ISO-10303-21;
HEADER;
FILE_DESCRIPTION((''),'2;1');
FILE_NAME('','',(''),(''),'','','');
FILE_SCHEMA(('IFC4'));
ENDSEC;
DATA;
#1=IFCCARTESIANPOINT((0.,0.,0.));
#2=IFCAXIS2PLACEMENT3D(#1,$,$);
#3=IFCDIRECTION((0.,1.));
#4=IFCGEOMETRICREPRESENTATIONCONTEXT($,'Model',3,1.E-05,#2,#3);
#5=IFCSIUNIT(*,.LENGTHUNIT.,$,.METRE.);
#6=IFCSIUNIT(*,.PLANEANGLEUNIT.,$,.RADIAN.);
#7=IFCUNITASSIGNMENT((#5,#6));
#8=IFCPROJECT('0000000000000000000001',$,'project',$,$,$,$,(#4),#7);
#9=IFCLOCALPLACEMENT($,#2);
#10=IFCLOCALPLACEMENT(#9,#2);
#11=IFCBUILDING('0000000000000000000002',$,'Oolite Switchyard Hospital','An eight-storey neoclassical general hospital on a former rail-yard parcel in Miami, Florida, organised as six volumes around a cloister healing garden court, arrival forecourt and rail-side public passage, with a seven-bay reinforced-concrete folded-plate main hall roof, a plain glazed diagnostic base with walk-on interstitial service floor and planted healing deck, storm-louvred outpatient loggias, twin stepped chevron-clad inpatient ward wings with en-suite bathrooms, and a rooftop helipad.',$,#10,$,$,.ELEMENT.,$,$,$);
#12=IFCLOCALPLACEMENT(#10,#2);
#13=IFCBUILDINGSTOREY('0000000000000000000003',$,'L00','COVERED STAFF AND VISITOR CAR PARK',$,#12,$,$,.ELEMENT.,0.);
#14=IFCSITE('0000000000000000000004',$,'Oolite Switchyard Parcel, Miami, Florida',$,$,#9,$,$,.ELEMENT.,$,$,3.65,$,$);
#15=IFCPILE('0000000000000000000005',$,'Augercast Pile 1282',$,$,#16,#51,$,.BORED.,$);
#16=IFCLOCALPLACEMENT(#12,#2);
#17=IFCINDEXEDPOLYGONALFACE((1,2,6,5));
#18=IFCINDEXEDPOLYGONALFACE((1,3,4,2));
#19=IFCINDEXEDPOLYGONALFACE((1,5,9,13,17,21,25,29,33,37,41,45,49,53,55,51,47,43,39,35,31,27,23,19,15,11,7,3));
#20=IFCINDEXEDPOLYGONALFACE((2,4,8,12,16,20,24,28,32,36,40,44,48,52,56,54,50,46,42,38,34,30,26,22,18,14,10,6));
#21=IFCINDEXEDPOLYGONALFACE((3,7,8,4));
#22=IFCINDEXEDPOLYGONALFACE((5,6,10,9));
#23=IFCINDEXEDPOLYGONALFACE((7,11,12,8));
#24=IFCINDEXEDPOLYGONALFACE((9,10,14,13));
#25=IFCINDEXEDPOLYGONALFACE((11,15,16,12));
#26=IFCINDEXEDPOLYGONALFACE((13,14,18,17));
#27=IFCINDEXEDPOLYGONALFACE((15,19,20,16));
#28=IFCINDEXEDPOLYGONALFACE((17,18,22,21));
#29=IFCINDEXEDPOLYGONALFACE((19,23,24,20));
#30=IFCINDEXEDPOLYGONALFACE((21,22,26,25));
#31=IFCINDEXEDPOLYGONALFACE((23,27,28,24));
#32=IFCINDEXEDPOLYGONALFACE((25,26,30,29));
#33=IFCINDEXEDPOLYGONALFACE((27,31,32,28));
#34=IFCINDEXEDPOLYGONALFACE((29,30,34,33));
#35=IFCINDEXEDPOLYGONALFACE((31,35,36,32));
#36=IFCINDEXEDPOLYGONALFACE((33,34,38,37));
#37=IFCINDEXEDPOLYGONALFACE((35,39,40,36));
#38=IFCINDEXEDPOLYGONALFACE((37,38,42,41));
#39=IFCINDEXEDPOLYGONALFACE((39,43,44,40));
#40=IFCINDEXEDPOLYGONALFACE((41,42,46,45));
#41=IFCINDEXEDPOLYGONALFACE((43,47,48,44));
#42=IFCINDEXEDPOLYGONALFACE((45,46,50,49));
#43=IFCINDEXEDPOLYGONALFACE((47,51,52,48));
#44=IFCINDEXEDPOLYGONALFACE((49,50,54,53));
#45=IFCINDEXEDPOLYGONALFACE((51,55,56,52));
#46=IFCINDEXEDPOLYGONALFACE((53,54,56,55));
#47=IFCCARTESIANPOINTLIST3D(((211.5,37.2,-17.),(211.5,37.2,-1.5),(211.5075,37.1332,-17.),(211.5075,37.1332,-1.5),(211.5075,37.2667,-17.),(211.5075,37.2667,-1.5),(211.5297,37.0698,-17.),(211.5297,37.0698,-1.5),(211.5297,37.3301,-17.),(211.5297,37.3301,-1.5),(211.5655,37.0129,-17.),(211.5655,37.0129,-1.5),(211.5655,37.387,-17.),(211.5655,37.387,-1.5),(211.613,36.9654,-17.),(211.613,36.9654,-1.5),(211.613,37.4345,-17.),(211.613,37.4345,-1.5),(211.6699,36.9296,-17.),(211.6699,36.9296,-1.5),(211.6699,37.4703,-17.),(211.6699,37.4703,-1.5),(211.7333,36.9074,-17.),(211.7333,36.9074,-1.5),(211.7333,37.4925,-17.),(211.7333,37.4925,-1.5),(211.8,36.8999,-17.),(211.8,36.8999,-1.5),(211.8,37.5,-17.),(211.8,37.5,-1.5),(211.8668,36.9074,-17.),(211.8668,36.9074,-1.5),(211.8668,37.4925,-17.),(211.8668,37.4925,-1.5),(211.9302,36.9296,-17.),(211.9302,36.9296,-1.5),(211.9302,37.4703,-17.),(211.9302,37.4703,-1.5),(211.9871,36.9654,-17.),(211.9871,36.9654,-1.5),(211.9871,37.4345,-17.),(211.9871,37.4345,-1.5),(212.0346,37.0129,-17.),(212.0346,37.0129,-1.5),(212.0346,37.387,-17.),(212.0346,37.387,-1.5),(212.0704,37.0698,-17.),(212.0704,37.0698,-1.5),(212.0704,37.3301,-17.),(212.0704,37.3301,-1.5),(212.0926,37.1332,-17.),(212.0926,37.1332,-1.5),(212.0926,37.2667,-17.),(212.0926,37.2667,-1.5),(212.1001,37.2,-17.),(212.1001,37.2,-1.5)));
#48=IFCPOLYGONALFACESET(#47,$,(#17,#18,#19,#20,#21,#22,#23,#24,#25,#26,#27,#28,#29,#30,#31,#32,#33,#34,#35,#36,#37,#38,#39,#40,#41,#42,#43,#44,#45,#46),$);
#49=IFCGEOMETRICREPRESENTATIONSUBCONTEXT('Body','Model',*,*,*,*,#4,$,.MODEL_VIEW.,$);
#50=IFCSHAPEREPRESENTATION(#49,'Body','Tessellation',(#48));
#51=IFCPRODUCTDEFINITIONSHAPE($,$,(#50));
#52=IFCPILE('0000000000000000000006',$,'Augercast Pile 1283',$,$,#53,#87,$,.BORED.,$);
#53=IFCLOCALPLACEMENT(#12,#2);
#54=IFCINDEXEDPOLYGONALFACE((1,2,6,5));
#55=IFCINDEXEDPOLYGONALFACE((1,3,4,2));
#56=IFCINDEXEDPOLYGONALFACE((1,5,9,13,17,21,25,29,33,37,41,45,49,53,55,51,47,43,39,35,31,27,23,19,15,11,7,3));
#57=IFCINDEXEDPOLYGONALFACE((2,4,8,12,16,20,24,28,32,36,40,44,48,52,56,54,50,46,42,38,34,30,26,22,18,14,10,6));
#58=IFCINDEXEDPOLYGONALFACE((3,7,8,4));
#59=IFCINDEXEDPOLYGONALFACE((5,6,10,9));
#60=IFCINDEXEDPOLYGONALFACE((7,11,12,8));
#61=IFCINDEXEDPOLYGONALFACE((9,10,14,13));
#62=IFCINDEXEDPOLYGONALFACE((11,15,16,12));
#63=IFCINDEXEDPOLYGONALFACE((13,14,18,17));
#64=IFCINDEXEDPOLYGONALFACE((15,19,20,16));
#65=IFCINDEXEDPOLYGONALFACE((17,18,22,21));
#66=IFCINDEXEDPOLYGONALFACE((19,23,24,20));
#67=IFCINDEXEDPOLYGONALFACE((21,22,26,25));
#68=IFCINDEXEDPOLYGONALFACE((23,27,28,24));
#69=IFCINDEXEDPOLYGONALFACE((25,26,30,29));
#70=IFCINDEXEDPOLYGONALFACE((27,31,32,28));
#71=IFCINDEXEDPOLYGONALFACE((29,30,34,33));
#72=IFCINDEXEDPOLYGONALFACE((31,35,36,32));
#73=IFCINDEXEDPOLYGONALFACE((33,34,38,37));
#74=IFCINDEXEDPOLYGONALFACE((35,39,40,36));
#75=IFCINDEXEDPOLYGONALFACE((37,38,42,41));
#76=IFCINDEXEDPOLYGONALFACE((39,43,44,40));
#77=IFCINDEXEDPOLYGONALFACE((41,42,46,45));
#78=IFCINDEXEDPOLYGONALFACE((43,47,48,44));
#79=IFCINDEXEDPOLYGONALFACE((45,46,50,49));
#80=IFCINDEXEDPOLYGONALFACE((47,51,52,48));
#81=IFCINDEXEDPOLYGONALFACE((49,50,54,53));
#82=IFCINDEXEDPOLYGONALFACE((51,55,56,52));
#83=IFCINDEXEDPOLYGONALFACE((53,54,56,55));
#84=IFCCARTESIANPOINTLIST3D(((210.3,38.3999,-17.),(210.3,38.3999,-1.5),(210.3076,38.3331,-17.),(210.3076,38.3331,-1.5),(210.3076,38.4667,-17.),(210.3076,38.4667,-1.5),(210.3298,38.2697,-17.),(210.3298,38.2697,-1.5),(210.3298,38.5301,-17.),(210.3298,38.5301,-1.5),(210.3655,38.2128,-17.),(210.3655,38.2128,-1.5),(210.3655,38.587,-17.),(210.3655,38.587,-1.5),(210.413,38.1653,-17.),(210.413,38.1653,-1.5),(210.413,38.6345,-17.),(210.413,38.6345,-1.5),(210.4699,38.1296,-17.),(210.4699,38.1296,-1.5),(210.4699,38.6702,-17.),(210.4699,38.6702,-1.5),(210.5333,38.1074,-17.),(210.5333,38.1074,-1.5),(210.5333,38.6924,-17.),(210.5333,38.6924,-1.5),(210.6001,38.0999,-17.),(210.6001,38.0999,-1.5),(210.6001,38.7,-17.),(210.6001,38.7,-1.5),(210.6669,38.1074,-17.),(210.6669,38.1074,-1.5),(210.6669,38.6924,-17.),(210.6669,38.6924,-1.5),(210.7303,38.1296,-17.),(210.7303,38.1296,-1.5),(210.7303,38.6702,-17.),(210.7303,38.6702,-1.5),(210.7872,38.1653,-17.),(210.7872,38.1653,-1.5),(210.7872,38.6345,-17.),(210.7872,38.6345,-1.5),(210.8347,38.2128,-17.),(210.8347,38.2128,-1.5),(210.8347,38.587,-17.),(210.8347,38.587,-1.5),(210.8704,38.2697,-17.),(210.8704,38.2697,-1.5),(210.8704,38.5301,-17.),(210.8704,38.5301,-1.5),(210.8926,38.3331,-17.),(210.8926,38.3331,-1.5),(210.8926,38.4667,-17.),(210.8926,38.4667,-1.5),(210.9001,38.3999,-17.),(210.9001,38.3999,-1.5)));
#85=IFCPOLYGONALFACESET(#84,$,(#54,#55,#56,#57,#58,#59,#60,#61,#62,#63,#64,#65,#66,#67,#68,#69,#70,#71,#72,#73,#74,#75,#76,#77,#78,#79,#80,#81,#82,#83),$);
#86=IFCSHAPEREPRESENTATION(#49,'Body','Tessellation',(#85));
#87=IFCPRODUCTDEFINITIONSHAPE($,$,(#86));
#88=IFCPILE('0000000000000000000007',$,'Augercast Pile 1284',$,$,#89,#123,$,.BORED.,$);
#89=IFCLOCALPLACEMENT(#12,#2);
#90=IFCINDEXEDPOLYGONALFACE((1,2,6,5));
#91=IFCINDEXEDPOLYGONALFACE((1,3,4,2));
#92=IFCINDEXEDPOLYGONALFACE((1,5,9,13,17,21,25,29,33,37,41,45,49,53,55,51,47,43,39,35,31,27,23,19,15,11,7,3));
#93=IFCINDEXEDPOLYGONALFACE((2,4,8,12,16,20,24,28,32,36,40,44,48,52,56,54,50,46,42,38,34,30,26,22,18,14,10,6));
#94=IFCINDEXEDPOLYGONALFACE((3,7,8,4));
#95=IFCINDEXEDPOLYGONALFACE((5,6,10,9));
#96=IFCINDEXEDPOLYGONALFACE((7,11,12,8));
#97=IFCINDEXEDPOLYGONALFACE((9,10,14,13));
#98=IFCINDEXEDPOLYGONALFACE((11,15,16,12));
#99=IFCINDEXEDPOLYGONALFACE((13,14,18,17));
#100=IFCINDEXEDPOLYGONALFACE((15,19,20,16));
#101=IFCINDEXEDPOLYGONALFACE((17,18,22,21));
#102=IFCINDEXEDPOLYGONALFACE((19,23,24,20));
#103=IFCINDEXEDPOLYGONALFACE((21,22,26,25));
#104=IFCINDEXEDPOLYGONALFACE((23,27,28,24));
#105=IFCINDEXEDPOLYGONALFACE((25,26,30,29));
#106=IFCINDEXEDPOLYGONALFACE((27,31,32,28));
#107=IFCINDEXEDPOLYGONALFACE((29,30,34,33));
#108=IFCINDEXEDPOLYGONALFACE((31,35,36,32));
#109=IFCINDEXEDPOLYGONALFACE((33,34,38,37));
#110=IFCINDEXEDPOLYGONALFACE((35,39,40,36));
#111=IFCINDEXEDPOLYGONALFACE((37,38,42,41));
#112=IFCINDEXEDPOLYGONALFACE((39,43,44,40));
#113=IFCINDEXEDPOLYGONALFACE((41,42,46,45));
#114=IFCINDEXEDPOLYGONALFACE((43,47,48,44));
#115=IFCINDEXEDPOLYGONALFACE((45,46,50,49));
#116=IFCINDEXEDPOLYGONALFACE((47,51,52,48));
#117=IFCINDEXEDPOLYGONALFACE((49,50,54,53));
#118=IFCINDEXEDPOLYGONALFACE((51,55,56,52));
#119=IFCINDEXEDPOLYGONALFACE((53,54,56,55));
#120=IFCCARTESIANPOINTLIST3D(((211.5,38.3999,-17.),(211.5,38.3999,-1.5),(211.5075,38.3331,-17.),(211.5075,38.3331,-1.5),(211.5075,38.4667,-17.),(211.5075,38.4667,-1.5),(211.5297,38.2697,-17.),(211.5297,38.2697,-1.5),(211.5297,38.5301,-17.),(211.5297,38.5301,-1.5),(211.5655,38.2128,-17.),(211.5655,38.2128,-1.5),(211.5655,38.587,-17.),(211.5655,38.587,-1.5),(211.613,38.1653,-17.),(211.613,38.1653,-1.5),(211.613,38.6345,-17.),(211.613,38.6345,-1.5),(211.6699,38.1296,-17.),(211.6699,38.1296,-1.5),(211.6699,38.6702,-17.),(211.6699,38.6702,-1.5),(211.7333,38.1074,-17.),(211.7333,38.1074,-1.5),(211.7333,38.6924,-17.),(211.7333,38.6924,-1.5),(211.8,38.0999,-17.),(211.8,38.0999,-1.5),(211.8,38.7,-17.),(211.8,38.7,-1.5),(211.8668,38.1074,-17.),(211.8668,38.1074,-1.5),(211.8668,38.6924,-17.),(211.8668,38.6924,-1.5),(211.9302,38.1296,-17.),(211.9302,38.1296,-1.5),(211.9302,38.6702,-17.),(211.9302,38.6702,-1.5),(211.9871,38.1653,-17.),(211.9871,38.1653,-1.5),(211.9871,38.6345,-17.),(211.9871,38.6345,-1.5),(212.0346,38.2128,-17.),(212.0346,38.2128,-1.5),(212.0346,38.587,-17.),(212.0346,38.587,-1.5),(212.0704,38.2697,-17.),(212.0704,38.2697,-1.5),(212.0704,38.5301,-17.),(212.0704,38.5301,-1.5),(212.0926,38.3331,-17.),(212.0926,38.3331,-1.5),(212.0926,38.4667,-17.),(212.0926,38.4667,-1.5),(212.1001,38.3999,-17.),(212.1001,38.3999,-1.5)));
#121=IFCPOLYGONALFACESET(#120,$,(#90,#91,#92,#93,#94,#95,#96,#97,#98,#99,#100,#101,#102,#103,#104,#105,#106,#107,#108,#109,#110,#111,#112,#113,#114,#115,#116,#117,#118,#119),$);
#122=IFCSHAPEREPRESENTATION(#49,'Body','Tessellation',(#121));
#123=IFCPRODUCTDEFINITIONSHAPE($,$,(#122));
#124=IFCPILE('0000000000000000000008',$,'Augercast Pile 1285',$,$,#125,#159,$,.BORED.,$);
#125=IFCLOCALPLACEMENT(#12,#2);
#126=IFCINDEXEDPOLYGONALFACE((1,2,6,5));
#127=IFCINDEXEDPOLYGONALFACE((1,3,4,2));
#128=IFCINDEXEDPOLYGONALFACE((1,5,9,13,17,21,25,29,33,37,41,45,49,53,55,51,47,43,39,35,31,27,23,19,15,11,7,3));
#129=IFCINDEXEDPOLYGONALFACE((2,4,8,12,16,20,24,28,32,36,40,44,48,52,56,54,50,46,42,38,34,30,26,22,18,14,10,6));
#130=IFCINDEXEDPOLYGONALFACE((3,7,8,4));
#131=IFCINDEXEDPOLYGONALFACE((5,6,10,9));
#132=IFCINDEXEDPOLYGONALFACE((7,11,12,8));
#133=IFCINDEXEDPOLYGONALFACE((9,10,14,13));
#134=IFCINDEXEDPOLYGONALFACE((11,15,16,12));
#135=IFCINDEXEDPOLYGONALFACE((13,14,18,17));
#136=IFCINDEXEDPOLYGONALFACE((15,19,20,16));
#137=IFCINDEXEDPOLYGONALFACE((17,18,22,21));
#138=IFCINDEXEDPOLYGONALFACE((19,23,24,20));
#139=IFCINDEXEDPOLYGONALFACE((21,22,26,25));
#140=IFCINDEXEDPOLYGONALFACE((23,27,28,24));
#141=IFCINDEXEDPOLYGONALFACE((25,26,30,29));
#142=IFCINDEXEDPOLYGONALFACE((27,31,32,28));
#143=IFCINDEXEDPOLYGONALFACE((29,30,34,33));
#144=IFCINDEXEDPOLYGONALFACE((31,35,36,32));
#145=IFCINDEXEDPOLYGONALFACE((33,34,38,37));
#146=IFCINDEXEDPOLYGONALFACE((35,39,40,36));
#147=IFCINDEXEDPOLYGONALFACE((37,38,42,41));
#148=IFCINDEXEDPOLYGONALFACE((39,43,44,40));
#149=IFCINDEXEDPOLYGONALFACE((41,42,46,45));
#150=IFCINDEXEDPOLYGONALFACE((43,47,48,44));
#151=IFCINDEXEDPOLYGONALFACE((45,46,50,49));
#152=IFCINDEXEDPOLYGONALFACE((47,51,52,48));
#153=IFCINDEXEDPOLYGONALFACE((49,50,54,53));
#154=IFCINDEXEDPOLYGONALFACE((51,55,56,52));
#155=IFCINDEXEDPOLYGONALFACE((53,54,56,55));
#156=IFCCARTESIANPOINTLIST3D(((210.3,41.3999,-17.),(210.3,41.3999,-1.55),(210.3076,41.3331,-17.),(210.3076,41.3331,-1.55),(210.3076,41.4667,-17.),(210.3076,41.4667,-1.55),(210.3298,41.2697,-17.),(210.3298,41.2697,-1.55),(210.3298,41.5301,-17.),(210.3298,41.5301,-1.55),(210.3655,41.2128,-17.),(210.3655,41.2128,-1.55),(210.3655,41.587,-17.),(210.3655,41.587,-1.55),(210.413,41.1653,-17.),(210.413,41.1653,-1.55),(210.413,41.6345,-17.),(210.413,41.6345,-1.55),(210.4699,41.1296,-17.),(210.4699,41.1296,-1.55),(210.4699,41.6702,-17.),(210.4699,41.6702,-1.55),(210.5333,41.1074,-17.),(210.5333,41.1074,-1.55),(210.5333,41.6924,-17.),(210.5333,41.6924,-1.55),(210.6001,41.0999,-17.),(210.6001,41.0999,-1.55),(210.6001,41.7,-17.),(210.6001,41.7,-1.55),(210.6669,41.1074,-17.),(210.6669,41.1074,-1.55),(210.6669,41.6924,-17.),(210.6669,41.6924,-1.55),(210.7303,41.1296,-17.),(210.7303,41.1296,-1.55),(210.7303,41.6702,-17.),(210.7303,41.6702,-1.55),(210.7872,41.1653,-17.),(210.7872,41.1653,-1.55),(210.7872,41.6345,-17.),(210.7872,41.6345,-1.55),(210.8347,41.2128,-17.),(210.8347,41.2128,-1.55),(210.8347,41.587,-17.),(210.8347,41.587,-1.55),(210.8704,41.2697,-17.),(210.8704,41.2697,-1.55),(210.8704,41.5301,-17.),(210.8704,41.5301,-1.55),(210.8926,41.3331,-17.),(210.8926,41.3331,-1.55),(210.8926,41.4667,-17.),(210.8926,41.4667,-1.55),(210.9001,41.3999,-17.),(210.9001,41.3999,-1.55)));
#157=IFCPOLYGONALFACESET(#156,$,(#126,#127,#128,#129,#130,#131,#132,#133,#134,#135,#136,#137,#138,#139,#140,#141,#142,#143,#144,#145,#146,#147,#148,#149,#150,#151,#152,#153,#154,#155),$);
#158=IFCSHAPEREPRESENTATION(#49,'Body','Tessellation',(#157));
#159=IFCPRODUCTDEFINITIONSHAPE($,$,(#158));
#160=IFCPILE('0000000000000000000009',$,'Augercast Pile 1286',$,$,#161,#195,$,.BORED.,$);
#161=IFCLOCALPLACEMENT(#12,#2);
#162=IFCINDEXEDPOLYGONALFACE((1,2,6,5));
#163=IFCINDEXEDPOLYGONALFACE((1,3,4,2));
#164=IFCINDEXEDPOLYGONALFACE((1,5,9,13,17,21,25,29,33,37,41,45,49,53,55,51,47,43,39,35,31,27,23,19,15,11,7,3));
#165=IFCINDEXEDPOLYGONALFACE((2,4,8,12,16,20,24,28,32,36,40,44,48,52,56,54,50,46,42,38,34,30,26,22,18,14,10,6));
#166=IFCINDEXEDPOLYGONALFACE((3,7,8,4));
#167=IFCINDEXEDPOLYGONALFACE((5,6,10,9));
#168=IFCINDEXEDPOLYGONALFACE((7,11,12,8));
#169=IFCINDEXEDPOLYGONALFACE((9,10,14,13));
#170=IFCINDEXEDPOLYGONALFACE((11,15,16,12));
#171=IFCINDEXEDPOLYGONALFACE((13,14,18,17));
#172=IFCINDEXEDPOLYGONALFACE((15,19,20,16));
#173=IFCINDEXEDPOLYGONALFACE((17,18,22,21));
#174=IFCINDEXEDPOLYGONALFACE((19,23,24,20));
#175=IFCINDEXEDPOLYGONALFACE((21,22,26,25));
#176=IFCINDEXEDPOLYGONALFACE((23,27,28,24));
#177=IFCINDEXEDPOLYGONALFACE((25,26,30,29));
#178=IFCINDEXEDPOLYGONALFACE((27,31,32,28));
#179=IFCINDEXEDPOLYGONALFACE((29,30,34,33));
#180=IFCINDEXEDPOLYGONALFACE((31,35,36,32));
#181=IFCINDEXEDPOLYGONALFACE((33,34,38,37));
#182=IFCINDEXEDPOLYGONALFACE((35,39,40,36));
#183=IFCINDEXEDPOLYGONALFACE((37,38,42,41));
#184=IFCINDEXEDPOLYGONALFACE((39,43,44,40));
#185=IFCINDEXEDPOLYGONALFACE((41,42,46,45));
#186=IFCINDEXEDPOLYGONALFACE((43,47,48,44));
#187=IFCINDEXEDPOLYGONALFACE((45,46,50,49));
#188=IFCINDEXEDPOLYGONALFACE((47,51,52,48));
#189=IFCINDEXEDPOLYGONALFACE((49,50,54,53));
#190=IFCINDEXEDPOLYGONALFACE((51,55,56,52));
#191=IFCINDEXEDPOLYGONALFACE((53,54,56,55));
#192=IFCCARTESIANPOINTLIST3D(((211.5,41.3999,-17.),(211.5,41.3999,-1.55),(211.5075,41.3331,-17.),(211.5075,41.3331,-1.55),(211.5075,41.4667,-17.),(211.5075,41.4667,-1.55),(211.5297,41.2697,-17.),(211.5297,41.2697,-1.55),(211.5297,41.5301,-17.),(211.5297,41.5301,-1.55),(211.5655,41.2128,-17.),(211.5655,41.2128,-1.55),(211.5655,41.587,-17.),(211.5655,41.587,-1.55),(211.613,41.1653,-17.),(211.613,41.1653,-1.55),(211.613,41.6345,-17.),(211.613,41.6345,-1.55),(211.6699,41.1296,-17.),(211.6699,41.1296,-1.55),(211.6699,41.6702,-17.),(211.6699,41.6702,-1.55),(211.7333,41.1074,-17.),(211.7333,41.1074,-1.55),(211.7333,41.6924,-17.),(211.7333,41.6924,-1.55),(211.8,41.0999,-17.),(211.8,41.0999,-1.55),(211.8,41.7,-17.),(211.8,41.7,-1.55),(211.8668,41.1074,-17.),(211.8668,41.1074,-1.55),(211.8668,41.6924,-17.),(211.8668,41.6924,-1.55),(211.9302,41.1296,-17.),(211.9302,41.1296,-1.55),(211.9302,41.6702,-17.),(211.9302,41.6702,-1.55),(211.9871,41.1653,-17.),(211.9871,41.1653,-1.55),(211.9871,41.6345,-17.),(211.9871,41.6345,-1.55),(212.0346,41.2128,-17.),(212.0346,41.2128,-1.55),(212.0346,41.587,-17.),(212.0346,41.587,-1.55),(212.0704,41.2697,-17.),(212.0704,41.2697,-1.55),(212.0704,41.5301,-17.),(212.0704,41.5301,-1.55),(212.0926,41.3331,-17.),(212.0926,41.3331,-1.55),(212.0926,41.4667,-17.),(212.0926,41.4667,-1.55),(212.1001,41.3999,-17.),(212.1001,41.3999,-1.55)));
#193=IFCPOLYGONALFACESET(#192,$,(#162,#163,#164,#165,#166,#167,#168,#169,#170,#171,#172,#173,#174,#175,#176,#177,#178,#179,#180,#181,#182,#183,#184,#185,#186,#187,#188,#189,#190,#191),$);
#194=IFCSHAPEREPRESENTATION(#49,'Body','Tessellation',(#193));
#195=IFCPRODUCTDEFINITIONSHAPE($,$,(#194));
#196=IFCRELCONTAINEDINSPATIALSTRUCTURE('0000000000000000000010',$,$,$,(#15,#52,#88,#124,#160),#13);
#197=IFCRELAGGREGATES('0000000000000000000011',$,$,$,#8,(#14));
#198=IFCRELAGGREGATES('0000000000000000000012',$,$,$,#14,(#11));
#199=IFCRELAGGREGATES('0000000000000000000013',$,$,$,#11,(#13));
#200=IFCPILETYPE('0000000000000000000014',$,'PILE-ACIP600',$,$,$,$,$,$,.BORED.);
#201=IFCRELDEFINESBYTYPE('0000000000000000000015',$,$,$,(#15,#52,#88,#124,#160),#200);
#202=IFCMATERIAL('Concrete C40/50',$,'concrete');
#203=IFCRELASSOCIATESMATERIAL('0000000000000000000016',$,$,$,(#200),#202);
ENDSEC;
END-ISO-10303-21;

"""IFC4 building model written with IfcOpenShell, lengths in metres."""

from ifc_helpers import new_model, si_unit, direction, frame, origin, origin_2d, place, context, subcontext, project, spatial, circle, extrude, material, material_profile, profile_set, type_object, element, save


model = new_model("IFC4")

# Units and contexts
model_context = context("Model", 3, precision=1e-05, world=origin(), true_north=direction((0.0, 1.0)))
body_context = subcontext(model_context, "Body", "Model", "MODEL_VIEW")
ifc_project = project(units=[si_unit("LENGTHUNIT", "METRE"), si_unit("PLANEANGLEUNIT", "RADIAN")], contexts=[model_context])

# Site, building, storey
site_placement = place(None, origin())
site = spatial("IfcSite", under=ifc_project, at=site_placement, Name="Oolite Switchyard Parcel, Miami, Florida", CompositionType="ELEMENT", RefElevation=3.65)
building_placement = place(site_placement, origin())
building = spatial("IfcBuilding", under=site, at=building_placement, Name="Oolite Switchyard Hospital", Description="An eight-storey neoclassical general hospital on a former rail-yard parcel in Miami, Florida, organised as six volumes around a cloister healing garden court, arrival forecourt and rail-side public passage, with a seven-bay reinforced-concrete folded-plate main hall roof, a plain glazed diagnostic base with walk-on interstitial service floor and planted healing deck, storm-louvred outpatient loggias, twin stepped chevron-clad inpatient ward wings with en-suite bathrooms, and a rooftop helipad.", CompositionType="ELEMENT")
storey_placement = place(building_placement, origin())
storey = spatial("IfcBuildingStorey", under=building, at=storey_placement, Name="L00", Description="COVERED STAFF AND VISITOR CAR PARK", CompositionType="ELEMENT", Elevation=0.0)

# Shared definitions
ifc_material_1 = material(Name="Concrete C40/50", Category="concrete")

# Piles
ifc_material_profile_1 = material_profile(ifc_material_1, circle(Radius=0.3, at=origin_2d()), Name="PILE600")
ifc_profile_set_1 = profile_set([ifc_material_profile_1], Name="Concrete C40/50")
pile_type = type_object("IfcPileType", Name="PILE-ACIP600", PredefinedType="BORED", material=ifc_profile_set_1)
for number, where, z_axis, x_axis, name in (
    (1, (211.8, 37.2, -1.5), (0.0, 0.0, -1.0), (1.0, 0.0, 0.0), "Augercast Pile 1282"),
    (2, (210.6001, 38.3999, -1.5), (0.0, 0.0, -1.0), (1.0, 0.0, 0.0), "Augercast Pile 1283"),
    (3, (211.8, 38.3999, -1.5), (0.0, 0.0, -1.0), (1.0, 0.0, 0.0), "Augercast Pile 1284"),
):
    element("IfcPile", number, at=place(storey_placement, frame(where, z_axis=z_axis, x_axis=x_axis)), inside=storey, type_object=pile_type, Name=name, PredefinedType="BORED", context=body_context, shape_type="SweptSolid", body=[
        extrude(circle(Radius=0.3, at=origin_2d()), origin(), (0.0, 0.0, 1.0), 15.5),
    ])
for number, where, z_axis, x_axis, name in (
    (4, (210.6001, 41.3999, -1.55), (0.0, 0.0, -1.0), (1.0, 0.0, 0.0), "Augercast Pile 1285"),
    (5, (211.8, 41.3999, -1.55), (0.0, 0.0, -1.0), (1.0, 0.0, 0.0), "Augercast Pile 1286"),
):
    element("IfcPile", number, at=place(storey_placement, frame(where, z_axis=z_axis, x_axis=x_axis)), inside=storey, type_object=pile_type, Name=name, PredefinedType="BORED", context=body_context, shape_type="SweptSolid", body=[
        extrude(circle(Radius=0.3, at=origin_2d()), origin(), (0.0, 0.0, 1.0), 15.45),
    ])

save(model, "model.ifc")
